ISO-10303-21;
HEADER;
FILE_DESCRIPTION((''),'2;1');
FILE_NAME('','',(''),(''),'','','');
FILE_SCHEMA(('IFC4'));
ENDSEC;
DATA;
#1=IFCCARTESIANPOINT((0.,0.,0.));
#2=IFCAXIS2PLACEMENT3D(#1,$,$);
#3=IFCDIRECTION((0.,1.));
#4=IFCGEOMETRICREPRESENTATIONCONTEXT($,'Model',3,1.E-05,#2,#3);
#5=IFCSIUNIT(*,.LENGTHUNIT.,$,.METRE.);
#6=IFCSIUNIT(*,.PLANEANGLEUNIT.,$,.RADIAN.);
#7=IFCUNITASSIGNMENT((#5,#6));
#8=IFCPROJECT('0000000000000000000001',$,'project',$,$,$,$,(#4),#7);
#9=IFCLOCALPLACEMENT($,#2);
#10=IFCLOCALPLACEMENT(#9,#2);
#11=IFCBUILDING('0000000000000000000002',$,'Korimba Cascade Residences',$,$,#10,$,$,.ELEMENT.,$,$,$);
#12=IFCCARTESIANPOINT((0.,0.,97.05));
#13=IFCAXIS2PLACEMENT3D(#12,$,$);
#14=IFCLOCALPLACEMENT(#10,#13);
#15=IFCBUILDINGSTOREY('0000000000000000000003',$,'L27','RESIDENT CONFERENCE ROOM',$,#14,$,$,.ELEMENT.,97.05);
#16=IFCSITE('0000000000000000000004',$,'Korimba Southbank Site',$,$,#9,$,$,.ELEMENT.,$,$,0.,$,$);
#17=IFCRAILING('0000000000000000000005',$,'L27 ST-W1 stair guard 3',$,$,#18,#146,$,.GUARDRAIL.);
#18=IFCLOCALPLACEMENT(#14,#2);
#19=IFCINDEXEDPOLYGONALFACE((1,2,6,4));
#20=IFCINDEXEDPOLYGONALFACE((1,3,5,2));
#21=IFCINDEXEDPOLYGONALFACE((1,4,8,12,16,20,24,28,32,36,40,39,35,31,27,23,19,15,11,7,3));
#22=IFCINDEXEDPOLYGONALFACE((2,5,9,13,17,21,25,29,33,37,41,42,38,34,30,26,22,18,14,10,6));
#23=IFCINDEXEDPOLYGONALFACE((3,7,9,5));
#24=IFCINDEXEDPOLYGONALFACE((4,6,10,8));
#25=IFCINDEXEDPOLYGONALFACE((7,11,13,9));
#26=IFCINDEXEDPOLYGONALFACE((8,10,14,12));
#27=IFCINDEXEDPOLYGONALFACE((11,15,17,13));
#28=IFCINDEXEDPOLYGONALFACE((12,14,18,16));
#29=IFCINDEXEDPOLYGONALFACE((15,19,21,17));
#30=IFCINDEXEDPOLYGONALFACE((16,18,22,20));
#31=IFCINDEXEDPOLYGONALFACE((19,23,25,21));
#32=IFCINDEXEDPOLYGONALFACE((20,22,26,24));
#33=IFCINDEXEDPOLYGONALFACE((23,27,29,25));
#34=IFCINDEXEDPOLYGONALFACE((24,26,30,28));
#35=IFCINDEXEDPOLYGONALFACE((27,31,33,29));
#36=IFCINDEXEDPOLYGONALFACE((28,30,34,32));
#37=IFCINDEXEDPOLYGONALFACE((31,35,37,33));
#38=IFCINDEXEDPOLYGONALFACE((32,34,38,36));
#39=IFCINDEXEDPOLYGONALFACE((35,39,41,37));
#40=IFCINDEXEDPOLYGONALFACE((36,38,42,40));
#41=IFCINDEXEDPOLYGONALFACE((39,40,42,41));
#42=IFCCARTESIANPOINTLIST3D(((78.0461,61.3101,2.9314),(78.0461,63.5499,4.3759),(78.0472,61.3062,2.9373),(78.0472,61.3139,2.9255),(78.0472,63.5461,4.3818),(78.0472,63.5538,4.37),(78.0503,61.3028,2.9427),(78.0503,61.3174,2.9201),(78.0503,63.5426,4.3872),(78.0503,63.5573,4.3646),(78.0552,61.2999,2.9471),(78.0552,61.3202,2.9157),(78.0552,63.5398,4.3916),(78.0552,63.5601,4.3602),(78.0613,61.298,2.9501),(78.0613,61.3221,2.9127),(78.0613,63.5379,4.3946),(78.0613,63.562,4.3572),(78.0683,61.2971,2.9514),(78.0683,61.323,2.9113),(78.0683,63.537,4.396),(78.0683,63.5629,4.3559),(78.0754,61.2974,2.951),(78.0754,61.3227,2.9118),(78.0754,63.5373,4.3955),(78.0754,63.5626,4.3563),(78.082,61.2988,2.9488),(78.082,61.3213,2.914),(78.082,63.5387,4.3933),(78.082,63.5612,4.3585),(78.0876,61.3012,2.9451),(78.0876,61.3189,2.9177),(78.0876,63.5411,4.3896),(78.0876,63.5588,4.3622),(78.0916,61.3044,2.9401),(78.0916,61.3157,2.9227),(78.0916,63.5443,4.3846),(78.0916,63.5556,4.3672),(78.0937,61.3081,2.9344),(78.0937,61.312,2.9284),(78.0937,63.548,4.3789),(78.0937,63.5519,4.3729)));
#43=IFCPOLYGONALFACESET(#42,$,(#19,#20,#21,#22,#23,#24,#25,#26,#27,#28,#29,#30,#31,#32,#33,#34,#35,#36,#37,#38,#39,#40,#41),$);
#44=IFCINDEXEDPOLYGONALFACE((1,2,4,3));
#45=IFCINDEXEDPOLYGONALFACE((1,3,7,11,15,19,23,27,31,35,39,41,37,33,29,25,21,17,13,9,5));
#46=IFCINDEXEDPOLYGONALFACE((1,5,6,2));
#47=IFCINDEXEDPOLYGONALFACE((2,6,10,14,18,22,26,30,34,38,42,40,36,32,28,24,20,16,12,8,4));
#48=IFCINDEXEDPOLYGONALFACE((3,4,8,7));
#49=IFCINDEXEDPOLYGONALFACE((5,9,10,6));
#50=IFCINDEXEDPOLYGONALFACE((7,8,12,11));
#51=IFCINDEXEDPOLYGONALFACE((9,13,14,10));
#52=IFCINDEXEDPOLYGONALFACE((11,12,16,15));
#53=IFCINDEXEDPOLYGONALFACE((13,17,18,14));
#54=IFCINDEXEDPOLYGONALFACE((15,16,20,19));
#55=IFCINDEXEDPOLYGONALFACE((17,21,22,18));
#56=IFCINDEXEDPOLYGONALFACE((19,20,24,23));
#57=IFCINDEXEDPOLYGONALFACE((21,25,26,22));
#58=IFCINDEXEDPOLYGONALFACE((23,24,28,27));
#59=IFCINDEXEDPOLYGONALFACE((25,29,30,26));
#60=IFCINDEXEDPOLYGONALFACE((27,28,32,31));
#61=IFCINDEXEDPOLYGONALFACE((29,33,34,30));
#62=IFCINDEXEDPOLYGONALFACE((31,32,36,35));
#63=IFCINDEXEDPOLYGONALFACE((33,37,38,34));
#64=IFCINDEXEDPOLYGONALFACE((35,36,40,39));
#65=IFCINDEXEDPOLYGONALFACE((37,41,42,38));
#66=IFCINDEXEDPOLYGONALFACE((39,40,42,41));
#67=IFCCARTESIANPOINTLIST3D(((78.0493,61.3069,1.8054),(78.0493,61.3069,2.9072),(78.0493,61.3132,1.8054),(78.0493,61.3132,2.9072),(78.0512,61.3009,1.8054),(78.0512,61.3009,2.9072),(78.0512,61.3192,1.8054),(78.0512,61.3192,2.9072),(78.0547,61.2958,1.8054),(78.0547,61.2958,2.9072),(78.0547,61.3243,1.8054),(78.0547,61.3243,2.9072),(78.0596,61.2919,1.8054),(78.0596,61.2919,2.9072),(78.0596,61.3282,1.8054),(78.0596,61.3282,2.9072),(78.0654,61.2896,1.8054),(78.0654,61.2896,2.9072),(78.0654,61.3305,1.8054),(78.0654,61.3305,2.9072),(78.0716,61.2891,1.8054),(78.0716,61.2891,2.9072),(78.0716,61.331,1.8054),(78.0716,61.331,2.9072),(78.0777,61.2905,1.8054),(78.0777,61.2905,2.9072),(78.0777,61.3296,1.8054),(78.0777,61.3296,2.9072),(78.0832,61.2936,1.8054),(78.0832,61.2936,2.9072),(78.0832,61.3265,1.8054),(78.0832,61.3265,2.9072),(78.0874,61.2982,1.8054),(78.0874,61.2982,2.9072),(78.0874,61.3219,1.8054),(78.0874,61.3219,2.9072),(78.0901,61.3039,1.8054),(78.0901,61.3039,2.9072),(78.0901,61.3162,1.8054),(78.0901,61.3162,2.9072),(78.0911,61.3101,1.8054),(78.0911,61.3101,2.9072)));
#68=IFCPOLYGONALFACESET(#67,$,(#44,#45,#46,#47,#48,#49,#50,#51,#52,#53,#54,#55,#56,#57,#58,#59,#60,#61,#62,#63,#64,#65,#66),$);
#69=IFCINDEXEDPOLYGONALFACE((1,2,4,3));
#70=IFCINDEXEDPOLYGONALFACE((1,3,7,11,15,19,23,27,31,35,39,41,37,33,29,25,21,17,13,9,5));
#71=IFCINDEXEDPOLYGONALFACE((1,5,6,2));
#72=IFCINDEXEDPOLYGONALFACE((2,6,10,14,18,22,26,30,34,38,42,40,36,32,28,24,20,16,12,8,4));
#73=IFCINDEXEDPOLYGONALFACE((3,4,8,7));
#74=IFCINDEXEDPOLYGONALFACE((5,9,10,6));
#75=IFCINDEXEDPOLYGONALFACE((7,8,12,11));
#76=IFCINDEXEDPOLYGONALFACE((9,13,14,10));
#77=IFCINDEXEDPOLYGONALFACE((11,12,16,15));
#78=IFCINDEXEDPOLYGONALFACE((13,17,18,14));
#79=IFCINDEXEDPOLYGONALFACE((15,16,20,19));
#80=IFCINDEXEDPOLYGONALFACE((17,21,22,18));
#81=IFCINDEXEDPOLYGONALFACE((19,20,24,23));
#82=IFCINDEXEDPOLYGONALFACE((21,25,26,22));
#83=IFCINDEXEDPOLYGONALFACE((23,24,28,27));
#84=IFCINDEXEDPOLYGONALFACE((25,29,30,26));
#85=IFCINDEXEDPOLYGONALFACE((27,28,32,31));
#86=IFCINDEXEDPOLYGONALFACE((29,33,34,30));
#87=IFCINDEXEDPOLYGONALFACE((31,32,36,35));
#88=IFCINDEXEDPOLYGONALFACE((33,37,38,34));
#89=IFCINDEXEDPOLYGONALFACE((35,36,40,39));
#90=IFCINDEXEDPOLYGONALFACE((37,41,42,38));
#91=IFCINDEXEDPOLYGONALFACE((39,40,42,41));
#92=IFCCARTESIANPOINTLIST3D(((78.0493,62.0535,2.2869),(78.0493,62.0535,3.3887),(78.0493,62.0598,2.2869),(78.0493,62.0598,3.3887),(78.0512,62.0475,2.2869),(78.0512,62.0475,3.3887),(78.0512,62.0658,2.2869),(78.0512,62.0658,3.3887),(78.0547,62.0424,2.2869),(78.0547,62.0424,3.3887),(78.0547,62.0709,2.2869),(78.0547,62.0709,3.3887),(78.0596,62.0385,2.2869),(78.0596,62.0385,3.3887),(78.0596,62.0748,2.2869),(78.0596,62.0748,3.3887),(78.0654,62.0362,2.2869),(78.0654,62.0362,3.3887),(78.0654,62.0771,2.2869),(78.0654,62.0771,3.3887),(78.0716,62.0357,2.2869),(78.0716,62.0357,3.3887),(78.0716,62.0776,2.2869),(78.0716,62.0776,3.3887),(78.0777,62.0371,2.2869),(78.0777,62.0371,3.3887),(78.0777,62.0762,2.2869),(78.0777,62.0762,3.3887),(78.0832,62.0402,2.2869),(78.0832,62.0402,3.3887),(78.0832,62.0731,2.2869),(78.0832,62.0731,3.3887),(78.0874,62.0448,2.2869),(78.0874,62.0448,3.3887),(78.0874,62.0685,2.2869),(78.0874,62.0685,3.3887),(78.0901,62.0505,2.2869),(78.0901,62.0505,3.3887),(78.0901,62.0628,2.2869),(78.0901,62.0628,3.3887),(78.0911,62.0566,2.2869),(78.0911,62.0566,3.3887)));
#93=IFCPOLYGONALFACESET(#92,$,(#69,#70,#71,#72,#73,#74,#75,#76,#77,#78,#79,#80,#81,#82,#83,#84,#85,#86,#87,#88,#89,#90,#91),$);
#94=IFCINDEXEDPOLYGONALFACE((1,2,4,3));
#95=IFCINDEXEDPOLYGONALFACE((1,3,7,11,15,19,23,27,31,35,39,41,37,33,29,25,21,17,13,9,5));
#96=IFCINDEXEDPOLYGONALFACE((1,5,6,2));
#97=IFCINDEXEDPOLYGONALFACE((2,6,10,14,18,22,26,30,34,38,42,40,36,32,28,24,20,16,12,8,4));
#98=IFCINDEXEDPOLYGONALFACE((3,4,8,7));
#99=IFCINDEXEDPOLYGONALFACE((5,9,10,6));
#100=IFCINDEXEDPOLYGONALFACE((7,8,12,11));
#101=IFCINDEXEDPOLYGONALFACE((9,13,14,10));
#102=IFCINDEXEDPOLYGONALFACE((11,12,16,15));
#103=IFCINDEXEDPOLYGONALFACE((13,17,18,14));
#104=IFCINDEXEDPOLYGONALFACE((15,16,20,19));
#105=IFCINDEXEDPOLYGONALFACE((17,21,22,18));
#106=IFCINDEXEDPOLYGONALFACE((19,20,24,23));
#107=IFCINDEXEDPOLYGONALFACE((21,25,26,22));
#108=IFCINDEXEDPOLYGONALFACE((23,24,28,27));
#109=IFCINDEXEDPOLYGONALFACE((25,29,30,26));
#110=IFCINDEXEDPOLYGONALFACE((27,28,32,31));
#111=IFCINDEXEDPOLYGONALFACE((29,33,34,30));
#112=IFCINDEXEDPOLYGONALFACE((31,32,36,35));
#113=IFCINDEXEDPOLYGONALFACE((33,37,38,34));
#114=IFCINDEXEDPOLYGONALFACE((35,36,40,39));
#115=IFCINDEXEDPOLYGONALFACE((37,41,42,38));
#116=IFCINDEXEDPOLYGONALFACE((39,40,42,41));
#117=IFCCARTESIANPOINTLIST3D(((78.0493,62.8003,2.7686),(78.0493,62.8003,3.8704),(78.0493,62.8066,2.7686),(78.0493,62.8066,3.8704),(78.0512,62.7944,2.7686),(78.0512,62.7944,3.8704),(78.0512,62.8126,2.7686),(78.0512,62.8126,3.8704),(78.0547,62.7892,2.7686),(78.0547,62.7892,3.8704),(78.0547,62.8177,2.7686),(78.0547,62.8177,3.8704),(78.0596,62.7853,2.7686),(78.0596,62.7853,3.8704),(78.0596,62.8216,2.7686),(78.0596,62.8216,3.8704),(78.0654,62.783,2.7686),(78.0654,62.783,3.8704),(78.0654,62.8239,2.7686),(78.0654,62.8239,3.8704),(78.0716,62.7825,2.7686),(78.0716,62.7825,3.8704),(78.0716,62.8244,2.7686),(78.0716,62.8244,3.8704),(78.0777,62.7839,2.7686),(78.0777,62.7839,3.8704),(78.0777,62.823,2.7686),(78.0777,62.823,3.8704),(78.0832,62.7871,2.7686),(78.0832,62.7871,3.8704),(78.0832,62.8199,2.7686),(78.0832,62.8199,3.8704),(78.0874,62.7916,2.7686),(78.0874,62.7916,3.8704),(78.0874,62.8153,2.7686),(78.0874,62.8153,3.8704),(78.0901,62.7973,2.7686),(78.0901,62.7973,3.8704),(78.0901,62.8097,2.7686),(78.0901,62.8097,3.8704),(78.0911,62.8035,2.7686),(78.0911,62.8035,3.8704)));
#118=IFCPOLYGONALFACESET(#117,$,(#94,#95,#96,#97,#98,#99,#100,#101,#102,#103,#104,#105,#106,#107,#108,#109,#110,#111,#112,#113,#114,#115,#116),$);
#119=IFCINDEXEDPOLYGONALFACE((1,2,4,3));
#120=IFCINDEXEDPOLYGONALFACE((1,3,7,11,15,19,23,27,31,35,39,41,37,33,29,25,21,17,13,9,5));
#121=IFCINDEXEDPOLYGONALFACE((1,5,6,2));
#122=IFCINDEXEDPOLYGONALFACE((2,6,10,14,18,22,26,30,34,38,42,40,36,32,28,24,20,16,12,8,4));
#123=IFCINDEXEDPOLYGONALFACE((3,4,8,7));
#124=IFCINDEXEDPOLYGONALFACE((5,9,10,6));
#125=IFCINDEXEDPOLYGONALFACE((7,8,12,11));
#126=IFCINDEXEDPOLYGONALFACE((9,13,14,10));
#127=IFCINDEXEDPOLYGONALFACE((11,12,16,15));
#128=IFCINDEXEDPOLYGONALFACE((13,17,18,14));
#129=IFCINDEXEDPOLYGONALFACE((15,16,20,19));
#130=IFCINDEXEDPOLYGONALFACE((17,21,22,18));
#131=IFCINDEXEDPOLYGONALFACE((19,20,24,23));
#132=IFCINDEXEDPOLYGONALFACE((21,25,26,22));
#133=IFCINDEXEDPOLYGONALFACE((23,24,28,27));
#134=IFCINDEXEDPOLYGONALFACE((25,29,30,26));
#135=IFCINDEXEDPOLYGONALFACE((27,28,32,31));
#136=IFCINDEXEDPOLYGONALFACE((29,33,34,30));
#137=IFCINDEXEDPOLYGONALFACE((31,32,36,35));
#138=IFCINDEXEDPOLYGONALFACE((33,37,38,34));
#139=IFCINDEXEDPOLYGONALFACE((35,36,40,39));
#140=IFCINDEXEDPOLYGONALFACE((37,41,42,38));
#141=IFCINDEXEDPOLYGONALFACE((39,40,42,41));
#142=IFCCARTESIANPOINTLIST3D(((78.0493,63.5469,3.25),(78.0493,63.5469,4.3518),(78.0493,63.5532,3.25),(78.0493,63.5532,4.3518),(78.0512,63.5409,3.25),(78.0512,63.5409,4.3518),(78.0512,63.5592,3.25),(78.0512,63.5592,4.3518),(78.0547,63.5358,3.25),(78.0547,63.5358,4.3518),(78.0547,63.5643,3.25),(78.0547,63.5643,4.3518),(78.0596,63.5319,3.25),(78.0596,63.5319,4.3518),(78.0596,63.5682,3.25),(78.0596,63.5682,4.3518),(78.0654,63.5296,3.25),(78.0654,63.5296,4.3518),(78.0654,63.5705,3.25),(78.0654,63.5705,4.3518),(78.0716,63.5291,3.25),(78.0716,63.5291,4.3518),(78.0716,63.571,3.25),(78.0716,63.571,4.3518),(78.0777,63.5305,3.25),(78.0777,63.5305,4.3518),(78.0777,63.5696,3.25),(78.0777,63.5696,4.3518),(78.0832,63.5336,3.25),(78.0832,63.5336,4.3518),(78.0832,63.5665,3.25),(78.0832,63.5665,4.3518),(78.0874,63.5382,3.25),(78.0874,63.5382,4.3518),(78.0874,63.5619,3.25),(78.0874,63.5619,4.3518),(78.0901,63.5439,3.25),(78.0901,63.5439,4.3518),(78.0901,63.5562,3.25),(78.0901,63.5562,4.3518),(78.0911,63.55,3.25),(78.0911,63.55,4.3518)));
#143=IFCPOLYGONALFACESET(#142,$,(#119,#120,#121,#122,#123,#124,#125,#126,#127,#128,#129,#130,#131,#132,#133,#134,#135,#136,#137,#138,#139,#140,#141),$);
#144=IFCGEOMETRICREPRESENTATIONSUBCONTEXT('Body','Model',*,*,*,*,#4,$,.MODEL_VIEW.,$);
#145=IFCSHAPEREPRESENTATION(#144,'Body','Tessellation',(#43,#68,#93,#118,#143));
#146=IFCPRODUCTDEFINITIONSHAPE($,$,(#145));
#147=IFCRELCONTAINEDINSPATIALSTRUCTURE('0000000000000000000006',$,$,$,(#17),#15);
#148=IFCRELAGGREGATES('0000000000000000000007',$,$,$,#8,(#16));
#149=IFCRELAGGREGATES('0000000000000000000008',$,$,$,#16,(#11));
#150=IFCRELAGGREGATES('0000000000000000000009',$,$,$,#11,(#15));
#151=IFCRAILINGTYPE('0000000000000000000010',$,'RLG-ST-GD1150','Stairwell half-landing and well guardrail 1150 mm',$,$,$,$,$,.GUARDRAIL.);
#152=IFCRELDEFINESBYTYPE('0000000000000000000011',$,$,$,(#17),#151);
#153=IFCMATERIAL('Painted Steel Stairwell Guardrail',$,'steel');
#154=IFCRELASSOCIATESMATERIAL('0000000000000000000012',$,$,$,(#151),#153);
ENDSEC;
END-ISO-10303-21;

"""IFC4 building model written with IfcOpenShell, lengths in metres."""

from ifc_helpers import new_model, si_unit, direction, frame, origin, origin_2d, place, context, subcontext, project, spatial, circle, extrude, material, type_object, element, save


model = new_model("IFC4")

# Units and contexts
model_context = context("Model", 3, precision=1e-05, world=origin(), true_north=direction((0.0, 1.0)))
body_context = subcontext(model_context, "Body", "Model", "MODEL_VIEW")
ifc_project = project(units=[si_unit("LENGTHUNIT", "METRE"), si_unit("PLANEANGLEUNIT", "RADIAN")], contexts=[model_context])

# Site, building, storey
site_placement = place(None, origin())
site = spatial("IfcSite", under=ifc_project, at=site_placement, Name="Korimba Southbank Site", CompositionType="ELEMENT", RefElevation=0.0)
building_placement = place(site_placement, origin())
building = spatial("IfcBuilding", under=site, at=building_placement, Name="Korimba Cascade Residences", CompositionType="ELEMENT")
storey_placement = place(building_placement, frame((0.0, 0.0, 97.05)))
storey = spatial("IfcBuildingStorey", under=building, at=storey_placement, Name="L27", Description="RESIDENT CONFERENCE ROOM", CompositionType="ELEMENT", Elevation=97.05)

# Railing
ifc_material_1 = material(Name="Painted Steel Stairwell Guardrail", Category="steel")
railing_type_1 = type_object("IfcRailingType", Name="RLG-ST-GD1150", Description="Stairwell half-landing and well guardrail 1150 mm", PredefinedType="GUARDRAIL", material=ifc_material_1)
railing_1_placement = place(storey_placement, frame((78.0701, 61.3101, 1.8054)))
element("IfcRailing", 1, at=railing_1_placement, inside=storey, type_object=railing_type_1, Name="L27 ST-W1 stair guard 3", PredefinedType="GUARDRAIL", context=body_context, shape_type="SweptSolid", body=[
    extrude(circle(Radius=0.0239, at=origin_2d()), frame((0.0, 0.0, 1.126), z_axis=(0.0, 0.840395, 0.541975), x_axis=(-1.0, 0.0, 0.0)), (0.0, 0.0, 1.0), 2.6653),
    extrude(circle(Radius=0.021, at=origin_2d()), origin(), (0.0, 0.0, 1.0), 1.1018),
    extrude(circle(Radius=0.021, at=origin_2d()), frame((0.0, 0.7466, 0.4814)), (0.0, 0.0, 1.0), 1.1018),
    extrude(circle(Radius=0.021, at=origin_2d()), frame((0.0, 1.4934, 0.9631)), (0.0, 0.0, 1.0), 1.1018),
    extrude(circle(Radius=0.021, at=origin_2d()), frame((0.0, 2.24, 1.4446)), (0.0, 0.0, 1.0), 1.1018),
])

save(model, "model.ifc")
